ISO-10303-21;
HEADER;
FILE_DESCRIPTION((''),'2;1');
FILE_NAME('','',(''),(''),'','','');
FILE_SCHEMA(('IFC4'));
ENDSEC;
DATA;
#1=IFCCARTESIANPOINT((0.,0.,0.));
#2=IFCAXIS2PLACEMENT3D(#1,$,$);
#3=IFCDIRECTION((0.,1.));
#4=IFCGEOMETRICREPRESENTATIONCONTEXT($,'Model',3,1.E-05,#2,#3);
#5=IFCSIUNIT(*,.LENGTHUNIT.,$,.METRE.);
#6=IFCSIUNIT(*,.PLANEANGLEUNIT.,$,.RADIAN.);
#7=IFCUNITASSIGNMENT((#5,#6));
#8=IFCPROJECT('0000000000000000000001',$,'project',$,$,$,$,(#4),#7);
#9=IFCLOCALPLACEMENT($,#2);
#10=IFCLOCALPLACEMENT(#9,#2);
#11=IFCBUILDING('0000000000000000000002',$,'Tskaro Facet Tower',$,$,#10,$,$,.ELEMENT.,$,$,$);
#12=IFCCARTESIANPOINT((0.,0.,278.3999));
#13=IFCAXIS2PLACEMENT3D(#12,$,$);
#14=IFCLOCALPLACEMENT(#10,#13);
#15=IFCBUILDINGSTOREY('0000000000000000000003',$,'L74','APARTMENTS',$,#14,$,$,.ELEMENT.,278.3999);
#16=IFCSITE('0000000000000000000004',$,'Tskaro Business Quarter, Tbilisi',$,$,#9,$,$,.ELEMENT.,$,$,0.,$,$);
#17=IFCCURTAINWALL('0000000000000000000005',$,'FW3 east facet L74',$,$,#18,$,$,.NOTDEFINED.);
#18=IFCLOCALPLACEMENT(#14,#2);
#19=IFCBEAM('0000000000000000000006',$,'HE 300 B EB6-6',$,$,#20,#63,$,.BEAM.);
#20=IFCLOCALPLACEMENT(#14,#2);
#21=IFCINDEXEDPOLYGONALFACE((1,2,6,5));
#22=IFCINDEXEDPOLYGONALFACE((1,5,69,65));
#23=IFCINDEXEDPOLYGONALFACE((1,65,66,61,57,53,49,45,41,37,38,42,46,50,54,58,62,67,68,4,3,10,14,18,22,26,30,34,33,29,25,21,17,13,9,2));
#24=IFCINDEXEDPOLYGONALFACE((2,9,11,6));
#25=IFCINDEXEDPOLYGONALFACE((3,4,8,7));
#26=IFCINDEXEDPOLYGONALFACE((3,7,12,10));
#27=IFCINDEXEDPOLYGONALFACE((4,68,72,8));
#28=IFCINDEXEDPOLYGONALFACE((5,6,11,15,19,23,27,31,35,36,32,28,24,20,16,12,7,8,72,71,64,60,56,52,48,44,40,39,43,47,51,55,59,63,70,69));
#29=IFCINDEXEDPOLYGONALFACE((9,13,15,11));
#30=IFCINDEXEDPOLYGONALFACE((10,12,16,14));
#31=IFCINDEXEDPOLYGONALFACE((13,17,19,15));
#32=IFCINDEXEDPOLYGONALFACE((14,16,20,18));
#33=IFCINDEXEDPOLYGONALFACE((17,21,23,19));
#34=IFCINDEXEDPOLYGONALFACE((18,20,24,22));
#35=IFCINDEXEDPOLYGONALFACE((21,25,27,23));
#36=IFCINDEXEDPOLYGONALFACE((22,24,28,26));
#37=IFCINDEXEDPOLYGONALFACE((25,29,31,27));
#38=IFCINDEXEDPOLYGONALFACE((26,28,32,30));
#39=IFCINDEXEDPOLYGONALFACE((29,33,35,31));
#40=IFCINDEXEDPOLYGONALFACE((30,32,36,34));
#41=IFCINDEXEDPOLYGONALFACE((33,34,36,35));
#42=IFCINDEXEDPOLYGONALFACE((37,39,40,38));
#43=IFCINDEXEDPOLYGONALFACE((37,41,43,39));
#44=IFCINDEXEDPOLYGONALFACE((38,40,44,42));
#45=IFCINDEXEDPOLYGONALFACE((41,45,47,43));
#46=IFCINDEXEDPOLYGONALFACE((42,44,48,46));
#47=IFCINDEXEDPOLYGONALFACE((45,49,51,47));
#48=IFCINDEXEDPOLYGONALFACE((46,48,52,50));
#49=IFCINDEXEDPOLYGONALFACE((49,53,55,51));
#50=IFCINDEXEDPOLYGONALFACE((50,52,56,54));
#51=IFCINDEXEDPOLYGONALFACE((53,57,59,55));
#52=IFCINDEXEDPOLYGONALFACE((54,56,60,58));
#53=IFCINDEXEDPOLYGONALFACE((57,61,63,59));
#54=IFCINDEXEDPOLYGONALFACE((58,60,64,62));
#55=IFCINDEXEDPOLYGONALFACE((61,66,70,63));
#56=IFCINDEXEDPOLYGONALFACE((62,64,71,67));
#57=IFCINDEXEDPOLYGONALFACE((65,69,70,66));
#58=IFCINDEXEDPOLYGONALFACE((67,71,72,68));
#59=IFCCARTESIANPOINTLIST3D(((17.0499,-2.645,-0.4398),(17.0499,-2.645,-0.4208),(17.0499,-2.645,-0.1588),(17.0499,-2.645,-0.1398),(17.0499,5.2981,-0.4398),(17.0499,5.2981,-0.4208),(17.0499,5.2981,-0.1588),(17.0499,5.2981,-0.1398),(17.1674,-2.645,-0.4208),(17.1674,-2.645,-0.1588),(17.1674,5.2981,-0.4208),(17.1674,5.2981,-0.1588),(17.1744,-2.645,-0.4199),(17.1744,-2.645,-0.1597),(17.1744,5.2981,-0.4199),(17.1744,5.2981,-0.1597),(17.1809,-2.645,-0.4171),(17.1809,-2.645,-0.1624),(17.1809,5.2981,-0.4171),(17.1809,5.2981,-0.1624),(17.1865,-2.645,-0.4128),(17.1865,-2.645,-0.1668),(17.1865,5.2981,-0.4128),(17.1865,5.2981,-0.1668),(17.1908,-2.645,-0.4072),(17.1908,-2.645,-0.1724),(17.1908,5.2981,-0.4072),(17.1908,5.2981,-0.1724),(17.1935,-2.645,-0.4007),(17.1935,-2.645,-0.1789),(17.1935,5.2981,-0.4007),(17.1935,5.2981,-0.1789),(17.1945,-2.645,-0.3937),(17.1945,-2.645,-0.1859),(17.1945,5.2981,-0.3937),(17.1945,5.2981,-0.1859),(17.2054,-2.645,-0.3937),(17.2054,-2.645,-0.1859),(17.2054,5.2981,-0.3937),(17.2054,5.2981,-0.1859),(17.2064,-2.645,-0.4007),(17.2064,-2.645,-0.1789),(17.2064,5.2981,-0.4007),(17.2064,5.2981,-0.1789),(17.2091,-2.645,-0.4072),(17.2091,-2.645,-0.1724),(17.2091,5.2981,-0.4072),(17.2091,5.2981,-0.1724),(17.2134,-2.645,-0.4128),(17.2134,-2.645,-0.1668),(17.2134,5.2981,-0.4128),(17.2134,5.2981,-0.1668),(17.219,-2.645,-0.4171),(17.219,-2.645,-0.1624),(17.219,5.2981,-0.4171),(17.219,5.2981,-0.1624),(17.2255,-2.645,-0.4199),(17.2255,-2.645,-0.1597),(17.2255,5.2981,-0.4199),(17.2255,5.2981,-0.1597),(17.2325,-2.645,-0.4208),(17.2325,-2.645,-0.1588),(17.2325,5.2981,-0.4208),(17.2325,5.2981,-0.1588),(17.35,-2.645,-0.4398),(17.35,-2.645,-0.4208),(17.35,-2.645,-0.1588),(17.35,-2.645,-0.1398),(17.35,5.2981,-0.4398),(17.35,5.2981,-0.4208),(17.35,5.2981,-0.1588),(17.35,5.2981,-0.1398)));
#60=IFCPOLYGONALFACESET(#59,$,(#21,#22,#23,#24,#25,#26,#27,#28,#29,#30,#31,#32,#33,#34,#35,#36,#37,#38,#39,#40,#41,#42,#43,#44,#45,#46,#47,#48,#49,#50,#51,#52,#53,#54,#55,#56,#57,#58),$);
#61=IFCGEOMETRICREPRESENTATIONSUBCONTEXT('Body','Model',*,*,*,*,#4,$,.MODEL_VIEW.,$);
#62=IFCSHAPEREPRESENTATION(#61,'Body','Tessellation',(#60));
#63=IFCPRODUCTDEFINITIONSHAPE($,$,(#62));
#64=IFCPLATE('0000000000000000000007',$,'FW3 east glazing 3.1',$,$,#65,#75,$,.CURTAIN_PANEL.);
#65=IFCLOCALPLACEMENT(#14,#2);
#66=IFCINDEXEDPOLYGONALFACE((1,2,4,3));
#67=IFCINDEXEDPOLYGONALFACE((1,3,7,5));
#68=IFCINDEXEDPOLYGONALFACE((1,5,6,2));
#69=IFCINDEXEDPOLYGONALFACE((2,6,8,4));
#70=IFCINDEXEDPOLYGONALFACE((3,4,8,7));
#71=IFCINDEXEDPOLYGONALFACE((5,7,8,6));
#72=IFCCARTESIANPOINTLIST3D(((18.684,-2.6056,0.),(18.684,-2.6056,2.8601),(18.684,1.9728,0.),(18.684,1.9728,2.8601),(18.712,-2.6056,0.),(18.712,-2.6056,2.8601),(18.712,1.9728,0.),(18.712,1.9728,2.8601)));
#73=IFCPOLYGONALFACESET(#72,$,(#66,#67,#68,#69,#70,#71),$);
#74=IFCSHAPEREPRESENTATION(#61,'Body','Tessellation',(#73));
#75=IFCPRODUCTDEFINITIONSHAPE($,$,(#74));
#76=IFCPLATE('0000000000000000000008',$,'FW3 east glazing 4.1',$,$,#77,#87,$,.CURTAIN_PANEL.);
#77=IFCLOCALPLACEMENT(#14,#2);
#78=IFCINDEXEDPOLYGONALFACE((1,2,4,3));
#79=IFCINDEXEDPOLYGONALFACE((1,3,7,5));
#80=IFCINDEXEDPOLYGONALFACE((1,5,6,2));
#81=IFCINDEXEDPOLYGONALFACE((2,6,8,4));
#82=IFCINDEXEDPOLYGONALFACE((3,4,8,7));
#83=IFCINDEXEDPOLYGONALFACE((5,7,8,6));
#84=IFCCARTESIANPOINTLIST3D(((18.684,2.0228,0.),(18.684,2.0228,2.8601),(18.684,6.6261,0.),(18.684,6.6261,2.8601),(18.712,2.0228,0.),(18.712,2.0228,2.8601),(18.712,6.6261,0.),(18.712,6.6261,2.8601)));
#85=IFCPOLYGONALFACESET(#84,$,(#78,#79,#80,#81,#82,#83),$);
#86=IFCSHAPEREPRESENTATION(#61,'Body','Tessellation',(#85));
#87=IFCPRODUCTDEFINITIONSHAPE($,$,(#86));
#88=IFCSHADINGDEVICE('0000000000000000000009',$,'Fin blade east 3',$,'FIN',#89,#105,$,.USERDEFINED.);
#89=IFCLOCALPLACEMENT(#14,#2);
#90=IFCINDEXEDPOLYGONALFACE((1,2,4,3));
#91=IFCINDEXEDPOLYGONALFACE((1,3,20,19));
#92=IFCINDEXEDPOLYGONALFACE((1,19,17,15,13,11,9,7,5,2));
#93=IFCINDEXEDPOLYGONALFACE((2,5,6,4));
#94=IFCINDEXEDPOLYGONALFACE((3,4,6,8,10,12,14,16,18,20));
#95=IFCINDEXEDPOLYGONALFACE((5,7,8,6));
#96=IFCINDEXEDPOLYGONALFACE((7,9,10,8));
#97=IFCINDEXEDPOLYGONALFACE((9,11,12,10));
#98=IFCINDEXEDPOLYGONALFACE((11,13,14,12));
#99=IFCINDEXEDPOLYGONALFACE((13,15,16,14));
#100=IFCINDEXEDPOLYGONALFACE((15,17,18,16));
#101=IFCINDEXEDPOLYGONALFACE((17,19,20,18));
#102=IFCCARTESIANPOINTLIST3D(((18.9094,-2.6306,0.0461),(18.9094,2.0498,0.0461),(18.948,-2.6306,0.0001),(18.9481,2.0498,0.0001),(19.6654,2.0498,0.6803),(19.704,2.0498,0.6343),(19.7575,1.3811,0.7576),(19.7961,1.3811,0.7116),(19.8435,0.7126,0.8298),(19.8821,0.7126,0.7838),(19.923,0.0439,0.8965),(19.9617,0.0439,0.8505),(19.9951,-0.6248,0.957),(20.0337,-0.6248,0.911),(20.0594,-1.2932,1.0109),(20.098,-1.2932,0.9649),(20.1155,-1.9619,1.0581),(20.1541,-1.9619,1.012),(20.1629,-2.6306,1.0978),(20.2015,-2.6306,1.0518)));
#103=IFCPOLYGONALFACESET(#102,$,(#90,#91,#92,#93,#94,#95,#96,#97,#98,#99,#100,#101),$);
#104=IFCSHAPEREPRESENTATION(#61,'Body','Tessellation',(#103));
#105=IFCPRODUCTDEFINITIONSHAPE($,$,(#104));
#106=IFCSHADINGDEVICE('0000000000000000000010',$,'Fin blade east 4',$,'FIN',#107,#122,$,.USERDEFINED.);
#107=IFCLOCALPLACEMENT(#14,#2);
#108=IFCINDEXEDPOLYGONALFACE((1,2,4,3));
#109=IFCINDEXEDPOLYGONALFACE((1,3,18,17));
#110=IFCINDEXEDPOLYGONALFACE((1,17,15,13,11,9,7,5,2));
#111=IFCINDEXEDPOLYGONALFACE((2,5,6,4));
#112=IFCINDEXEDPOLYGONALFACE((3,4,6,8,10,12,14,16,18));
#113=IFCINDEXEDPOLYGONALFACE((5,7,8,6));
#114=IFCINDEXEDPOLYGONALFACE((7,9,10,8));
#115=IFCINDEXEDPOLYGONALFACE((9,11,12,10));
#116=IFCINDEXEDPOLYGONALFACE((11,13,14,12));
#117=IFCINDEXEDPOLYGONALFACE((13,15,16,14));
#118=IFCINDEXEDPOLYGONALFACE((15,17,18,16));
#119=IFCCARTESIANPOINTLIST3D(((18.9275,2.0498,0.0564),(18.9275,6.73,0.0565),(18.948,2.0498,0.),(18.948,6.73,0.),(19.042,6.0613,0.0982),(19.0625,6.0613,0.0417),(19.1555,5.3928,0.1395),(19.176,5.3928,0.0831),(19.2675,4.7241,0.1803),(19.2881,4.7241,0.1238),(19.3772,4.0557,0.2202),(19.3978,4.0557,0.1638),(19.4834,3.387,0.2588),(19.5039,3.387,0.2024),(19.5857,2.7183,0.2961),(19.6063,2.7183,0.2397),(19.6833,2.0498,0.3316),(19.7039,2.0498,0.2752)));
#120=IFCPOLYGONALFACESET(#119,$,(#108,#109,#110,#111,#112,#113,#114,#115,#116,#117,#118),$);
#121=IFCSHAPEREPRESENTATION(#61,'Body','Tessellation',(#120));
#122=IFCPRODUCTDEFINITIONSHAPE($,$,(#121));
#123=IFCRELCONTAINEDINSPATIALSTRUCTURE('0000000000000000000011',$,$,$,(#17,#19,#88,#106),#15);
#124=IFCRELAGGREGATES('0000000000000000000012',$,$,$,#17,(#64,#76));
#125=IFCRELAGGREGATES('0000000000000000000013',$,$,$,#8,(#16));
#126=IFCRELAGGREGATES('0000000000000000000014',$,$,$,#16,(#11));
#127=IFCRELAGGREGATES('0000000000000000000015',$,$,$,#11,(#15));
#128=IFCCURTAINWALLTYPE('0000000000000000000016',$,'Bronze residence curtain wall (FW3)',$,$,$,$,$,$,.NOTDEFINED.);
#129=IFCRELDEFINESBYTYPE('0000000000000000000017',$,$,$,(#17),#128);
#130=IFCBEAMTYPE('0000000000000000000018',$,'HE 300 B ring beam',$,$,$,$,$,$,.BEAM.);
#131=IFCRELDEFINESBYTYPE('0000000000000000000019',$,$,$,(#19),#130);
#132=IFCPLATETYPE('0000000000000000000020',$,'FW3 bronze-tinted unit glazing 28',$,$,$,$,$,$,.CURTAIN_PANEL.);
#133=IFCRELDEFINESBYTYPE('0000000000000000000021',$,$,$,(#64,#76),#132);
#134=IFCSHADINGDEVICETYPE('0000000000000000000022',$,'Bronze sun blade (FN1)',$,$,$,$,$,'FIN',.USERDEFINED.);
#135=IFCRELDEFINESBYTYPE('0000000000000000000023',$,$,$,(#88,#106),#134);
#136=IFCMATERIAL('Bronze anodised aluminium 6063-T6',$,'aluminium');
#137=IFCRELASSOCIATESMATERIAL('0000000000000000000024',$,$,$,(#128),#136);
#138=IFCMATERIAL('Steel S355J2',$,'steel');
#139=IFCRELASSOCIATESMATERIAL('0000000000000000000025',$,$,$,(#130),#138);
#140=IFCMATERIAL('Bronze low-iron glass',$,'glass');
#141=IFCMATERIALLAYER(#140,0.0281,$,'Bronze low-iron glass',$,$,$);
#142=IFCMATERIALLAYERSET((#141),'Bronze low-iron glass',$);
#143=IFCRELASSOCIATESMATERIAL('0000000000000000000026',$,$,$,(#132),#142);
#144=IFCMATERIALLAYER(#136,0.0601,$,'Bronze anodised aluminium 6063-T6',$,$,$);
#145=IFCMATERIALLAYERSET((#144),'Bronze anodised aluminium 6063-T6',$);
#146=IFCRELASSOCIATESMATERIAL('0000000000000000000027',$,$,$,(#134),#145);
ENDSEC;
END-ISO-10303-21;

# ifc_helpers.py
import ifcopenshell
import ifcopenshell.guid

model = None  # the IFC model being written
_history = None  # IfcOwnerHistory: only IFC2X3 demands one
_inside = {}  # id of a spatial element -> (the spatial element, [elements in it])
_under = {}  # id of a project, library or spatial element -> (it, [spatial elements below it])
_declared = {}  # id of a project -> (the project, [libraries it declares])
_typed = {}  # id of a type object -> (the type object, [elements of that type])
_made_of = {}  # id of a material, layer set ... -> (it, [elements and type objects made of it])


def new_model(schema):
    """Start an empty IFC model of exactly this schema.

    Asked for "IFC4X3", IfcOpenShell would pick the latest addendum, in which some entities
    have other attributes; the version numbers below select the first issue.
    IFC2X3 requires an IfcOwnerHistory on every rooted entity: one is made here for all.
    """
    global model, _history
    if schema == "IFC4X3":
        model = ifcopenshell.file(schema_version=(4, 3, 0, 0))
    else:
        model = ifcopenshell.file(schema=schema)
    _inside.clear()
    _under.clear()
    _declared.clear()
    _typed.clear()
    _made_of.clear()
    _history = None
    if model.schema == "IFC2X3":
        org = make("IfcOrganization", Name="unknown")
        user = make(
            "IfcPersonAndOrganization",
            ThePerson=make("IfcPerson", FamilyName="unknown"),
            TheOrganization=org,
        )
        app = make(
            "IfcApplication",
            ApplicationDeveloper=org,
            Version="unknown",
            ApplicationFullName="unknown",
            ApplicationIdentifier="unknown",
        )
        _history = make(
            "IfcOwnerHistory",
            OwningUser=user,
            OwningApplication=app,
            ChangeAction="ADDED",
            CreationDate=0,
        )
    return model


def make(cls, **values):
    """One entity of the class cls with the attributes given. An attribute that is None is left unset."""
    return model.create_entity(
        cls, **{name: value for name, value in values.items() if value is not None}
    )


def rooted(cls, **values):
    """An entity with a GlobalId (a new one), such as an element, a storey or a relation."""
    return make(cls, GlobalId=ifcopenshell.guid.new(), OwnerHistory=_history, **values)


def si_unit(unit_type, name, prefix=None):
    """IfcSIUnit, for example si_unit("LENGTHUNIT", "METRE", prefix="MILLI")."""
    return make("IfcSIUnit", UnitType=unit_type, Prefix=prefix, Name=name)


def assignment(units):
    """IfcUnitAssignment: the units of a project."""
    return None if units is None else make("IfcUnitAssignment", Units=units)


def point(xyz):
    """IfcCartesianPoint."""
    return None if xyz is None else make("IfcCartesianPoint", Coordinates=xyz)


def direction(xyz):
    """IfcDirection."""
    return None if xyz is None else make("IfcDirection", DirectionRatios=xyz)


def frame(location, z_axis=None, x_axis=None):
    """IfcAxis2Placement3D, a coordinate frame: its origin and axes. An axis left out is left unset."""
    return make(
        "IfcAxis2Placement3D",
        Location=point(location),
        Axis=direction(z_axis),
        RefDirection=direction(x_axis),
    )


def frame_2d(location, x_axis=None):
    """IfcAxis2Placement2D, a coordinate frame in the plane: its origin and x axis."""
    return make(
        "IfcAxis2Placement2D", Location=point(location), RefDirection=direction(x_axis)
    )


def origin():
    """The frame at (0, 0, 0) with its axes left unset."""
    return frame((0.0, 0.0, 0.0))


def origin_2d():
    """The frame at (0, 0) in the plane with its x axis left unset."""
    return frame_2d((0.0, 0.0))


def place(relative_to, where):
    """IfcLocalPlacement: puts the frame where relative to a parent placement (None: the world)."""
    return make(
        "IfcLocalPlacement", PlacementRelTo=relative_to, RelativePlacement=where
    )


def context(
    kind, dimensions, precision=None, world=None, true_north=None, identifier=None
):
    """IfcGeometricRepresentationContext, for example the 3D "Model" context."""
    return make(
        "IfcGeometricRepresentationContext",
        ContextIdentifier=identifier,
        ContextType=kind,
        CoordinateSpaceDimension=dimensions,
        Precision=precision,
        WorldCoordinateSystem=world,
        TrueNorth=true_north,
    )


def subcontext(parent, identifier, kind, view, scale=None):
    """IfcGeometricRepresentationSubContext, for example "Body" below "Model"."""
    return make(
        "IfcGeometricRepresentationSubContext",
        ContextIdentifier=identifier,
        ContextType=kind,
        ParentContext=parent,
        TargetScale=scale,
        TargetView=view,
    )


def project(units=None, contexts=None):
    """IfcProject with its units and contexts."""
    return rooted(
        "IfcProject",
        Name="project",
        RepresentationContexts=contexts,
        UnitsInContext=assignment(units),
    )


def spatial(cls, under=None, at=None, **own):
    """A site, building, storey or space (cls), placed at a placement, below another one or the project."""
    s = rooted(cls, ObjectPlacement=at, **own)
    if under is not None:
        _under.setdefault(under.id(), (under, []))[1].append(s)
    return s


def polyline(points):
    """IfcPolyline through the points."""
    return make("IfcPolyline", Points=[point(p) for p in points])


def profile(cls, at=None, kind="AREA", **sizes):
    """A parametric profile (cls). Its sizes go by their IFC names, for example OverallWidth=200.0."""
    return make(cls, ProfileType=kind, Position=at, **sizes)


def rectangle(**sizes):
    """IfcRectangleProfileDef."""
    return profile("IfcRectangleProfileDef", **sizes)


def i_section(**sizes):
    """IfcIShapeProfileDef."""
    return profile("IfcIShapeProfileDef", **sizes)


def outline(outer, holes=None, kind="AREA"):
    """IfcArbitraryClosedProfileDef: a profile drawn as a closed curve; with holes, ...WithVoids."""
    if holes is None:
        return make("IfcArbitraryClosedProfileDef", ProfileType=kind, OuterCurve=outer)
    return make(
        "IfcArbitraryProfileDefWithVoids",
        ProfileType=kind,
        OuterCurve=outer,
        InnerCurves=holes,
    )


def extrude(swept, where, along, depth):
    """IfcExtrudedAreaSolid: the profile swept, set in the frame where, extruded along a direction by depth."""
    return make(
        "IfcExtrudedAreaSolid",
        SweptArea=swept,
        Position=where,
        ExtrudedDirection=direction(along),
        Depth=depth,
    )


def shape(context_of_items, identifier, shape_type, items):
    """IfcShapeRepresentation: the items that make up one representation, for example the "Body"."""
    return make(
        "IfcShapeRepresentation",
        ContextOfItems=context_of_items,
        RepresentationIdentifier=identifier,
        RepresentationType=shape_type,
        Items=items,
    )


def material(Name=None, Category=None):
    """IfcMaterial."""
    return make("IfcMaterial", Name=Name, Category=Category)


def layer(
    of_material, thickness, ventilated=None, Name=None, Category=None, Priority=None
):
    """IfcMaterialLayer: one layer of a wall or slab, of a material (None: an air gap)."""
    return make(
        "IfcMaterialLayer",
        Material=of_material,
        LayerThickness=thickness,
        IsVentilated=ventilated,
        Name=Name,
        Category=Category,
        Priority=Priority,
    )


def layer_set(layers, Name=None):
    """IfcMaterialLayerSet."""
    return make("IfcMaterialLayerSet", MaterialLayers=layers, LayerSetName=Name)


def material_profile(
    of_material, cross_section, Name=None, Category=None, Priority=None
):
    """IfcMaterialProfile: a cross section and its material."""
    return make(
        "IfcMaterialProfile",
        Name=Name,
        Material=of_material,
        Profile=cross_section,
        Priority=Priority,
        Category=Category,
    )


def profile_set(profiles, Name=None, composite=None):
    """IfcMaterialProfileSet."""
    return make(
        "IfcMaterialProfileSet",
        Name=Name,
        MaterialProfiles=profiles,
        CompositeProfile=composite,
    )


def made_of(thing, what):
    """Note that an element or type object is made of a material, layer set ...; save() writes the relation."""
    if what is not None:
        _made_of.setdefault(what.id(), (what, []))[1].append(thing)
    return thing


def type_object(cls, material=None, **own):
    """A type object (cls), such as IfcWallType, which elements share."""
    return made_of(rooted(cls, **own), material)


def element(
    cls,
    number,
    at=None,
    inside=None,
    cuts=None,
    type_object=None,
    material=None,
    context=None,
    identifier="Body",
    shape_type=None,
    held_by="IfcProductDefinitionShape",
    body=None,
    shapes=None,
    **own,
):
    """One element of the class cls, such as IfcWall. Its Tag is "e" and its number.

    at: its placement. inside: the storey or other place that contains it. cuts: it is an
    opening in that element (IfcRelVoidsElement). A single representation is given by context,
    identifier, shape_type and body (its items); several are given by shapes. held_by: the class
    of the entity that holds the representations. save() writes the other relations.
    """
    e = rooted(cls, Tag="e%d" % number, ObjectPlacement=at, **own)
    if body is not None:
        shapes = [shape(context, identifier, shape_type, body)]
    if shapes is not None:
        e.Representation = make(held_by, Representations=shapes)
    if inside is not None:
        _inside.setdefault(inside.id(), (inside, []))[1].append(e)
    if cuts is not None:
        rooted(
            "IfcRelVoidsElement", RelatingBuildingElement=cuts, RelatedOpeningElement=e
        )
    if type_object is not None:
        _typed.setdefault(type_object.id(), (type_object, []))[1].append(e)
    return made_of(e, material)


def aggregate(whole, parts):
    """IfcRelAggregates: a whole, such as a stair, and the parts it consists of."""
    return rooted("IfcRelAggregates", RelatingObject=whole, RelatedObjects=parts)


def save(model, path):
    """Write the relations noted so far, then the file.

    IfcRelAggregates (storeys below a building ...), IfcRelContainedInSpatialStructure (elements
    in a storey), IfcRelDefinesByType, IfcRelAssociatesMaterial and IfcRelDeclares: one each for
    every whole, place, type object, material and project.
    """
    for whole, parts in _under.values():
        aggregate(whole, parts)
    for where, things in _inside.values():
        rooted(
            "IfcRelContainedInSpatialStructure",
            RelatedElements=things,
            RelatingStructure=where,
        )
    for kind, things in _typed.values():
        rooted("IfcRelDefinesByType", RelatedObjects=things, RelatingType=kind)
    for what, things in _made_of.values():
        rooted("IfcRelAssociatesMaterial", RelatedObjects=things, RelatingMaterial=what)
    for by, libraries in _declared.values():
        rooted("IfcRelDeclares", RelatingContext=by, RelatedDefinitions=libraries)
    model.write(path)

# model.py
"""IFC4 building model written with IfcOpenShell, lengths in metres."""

from ifc_helpers import new_model, si_unit, direction, frame, origin, origin_2d, place, context, subcontext, project, spatial, polyline, rectangle, i_section, outline, extrude, material, layer, layer_set, material_profile, profile_set, type_object, element, aggregate, save


model = new_model("IFC4")

# Units and contexts
model_context = context("Model", 3, precision=1e-05, world=origin(), true_north=direction((0.0, 1.0)))
body_context = subcontext(model_context, "Body", "Model", "MODEL_VIEW")
ifc_project = project(units=[si_unit("LENGTHUNIT", "METRE"), si_unit("PLANEANGLEUNIT", "RADIAN")], contexts=[model_context])

# Site, building, storey
site_placement = place(None, origin())
site = spatial("IfcSite", under=ifc_project, at=site_placement, Name="Tskaro Business Quarter, Tbilisi", CompositionType="ELEMENT", RefElevation=0.0)
building_placement = place(site_placement, origin())
building = spatial("IfcBuilding", under=site, at=building_placement, Name="Tskaro Facet Tower", CompositionType="ELEMENT")
storey_placement = place(building_placement, frame((0.0, 0.0, 278.3999)))
storey = spatial("IfcBuildingStorey", under=building, at=storey_placement, Name="L74", Description="APARTMENTS", CompositionType="ELEMENT", Elevation=278.3999)

# Shared definitions
ifc_material_1 = material(Name="Steel S355J2", Category="steel")

# Shared definitions
ifc_material_2 = material(Name="Bronze anodised aluminium 6063-T6", Category="aluminium")
curtain_wall_type = type_object("IfcCurtainWallType", Name="Bronze residence curtain wall (FW3)", PredefinedType="NOTDEFINED", material=ifc_material_2)

# Curtain wall
curtain_wall_1_placement = place(storey_placement, origin())
curtain_wall_1 = element("IfcCurtainWall", 1, at=curtain_wall_1_placement, inside=storey, type_object=curtain_wall_type, Name="FW3 east facet L74", PredefinedType="NOTDEFINED")

# Beam
ifc_material_profile_1 = material_profile(ifc_material_1, i_section(OverallWidth=0.3, OverallDepth=0.3, WebThickness=0.011, FlangeThickness=0.019, FilletRadius=0.0271, at=origin_2d()), Name="HE 300 B")
ifc_profile_set_1 = profile_set([ifc_material_profile_1], Name="Steel S355J2")
beam_type = type_object("IfcBeamType", Name="HE 300 B ring beam", PredefinedType="BEAM", material=ifc_profile_set_1)
beam_placement = place(storey_placement, frame((17.2, -2.645, -0.2898), z_axis=(0.0, 1.0, 0.0), x_axis=(-1.0, 0.0, 0.0)))
element("IfcBeam", 2, at=beam_placement, inside=storey, type_object=beam_type, Name="HE 300 B EB6-6", PredefinedType="BEAM", context=body_context, shape_type="SweptSolid", body=[
    extrude(i_section(OverallWidth=0.3, OverallDepth=0.3, WebThickness=0.011, FlangeThickness=0.019, FilletRadius=0.0271, at=origin_2d()), origin(), (0.0, 0.0, 1.0), 7.9431),
])

# Plates
ifc_material_3 = material(Name="Bronze low-iron glass", Category="glass")
ifc_layer_1 = layer(ifc_material_3, 0.0281, Name="Bronze low-iron glass")
ifc_layer_set_1 = layer_set([ifc_layer_1], Name="Bronze low-iron glass")
plate_type = type_object("IfcPlateType", Name="FW3 bronze-tinted unit glazing 28", PredefinedType="CURTAIN_PANEL", material=ifc_layer_set_1)
plate_1_placement = place(storey_placement, frame((18.698, -0.3164, 0.0), z_axis=(0.0, 0.0, 1.0), x_axis=(0.0, 1.0, 0.0)))
plate_1 = element("IfcPlate", 3, at=plate_1_placement, type_object=plate_type, Name="FW3 east glazing 3.1", PredefinedType="CURTAIN_PANEL", context=body_context, shape_type="SweptSolid", body=[
    extrude(rectangle(XDim=4.5784, YDim=0.0281, at=origin_2d()), origin(), (0.0, 0.0, 1.0), 2.8601),
])
plate_2_placement = place(storey_placement, frame((18.698, 4.3245, 0.0), z_axis=(0.0, 0.0, 1.0), x_axis=(0.0, 1.0, 0.0)))
plate_2 = element("IfcPlate", 4, at=plate_2_placement, type_object=plate_type, Name="FW3 east glazing 4.1", PredefinedType="CURTAIN_PANEL", context=body_context, shape_type="SweptSolid", body=[
    extrude(rectangle(XDim=4.6033, YDim=0.0281, at=origin_2d()), origin(), (0.0, 0.0, 1.0), 2.8601),
])
aggregate(curtain_wall_1, [plate_1, plate_2])

# Shading devices
ifc_layer_2 = layer(ifc_material_2, 0.0601, Name="Bronze anodised aluminium 6063-T6")
ifc_layer_set_2 = layer_set([ifc_layer_2], Name="Bronze anodised aluminium 6063-T6")
shading_device_type = type_object("IfcShadingDeviceType", Name="Bronze sun blade (FN1)", ElementType="FIN", PredefinedType="USERDEFINED", material=ifc_layer_set_2)
shading_device_1_placement = place(storey_placement, frame((18.9094, -2.6306, 0.0461), z_axis=(-0.642741, 0.000009, 0.766083), x_axis=(0.000005, 1.0, -0.000007)))
element("IfcShadingDevice", 5, at=shading_device_1_placement, inside=storey, type_object=shading_device_type, Name="Fin blade east 3", ObjectType="FIN", PredefinedType="USERDEFINED", context=body_context, shape_type="SweptSolid", body=[
    extrude(outline(polyline([(0.0, 0.0), (4.6804, 0.0), (4.6804, -0.9867), (4.0117, -1.107), (3.3433, -1.2193), (2.6746, -1.3231), (2.0059, -1.4172), (1.3374, -1.5011), (0.6687, -1.5744), (0.0, -1.6362), (0.0, 0.0)])), origin(), (0.0, 0.0, -1.0), 0.0601),
])
shading_device_2_placement = place(storey_placement, frame((18.9275, 2.0498, 0.0564), z_axis=(-0.342166, -0.000019, 0.93964), x_axis=(-0.000006, 1.0, 0.000018)))
element("IfcShadingDevice", 6, at=shading_device_2_placement, inside=storey, type_object=shading_device_type, Name="Fin blade east 4", ObjectType="FIN", PredefinedType="USERDEFINED", context=body_context, shape_type="SweptSolid", body=[
    extrude(outline(polyline([(0.0, 0.0), (4.6802, 0.0), (4.0115, -0.1219), (3.343, -0.2427), (2.6743, -0.3619), (2.0059, -0.4786), (1.3372, -0.5916), (0.6685, -0.7005), (0.0, -0.8044), (0.0, 0.0)])), origin(), (0.0, 0.0, -1.0), 0.0601),
])

save(model, "model.ifc")
